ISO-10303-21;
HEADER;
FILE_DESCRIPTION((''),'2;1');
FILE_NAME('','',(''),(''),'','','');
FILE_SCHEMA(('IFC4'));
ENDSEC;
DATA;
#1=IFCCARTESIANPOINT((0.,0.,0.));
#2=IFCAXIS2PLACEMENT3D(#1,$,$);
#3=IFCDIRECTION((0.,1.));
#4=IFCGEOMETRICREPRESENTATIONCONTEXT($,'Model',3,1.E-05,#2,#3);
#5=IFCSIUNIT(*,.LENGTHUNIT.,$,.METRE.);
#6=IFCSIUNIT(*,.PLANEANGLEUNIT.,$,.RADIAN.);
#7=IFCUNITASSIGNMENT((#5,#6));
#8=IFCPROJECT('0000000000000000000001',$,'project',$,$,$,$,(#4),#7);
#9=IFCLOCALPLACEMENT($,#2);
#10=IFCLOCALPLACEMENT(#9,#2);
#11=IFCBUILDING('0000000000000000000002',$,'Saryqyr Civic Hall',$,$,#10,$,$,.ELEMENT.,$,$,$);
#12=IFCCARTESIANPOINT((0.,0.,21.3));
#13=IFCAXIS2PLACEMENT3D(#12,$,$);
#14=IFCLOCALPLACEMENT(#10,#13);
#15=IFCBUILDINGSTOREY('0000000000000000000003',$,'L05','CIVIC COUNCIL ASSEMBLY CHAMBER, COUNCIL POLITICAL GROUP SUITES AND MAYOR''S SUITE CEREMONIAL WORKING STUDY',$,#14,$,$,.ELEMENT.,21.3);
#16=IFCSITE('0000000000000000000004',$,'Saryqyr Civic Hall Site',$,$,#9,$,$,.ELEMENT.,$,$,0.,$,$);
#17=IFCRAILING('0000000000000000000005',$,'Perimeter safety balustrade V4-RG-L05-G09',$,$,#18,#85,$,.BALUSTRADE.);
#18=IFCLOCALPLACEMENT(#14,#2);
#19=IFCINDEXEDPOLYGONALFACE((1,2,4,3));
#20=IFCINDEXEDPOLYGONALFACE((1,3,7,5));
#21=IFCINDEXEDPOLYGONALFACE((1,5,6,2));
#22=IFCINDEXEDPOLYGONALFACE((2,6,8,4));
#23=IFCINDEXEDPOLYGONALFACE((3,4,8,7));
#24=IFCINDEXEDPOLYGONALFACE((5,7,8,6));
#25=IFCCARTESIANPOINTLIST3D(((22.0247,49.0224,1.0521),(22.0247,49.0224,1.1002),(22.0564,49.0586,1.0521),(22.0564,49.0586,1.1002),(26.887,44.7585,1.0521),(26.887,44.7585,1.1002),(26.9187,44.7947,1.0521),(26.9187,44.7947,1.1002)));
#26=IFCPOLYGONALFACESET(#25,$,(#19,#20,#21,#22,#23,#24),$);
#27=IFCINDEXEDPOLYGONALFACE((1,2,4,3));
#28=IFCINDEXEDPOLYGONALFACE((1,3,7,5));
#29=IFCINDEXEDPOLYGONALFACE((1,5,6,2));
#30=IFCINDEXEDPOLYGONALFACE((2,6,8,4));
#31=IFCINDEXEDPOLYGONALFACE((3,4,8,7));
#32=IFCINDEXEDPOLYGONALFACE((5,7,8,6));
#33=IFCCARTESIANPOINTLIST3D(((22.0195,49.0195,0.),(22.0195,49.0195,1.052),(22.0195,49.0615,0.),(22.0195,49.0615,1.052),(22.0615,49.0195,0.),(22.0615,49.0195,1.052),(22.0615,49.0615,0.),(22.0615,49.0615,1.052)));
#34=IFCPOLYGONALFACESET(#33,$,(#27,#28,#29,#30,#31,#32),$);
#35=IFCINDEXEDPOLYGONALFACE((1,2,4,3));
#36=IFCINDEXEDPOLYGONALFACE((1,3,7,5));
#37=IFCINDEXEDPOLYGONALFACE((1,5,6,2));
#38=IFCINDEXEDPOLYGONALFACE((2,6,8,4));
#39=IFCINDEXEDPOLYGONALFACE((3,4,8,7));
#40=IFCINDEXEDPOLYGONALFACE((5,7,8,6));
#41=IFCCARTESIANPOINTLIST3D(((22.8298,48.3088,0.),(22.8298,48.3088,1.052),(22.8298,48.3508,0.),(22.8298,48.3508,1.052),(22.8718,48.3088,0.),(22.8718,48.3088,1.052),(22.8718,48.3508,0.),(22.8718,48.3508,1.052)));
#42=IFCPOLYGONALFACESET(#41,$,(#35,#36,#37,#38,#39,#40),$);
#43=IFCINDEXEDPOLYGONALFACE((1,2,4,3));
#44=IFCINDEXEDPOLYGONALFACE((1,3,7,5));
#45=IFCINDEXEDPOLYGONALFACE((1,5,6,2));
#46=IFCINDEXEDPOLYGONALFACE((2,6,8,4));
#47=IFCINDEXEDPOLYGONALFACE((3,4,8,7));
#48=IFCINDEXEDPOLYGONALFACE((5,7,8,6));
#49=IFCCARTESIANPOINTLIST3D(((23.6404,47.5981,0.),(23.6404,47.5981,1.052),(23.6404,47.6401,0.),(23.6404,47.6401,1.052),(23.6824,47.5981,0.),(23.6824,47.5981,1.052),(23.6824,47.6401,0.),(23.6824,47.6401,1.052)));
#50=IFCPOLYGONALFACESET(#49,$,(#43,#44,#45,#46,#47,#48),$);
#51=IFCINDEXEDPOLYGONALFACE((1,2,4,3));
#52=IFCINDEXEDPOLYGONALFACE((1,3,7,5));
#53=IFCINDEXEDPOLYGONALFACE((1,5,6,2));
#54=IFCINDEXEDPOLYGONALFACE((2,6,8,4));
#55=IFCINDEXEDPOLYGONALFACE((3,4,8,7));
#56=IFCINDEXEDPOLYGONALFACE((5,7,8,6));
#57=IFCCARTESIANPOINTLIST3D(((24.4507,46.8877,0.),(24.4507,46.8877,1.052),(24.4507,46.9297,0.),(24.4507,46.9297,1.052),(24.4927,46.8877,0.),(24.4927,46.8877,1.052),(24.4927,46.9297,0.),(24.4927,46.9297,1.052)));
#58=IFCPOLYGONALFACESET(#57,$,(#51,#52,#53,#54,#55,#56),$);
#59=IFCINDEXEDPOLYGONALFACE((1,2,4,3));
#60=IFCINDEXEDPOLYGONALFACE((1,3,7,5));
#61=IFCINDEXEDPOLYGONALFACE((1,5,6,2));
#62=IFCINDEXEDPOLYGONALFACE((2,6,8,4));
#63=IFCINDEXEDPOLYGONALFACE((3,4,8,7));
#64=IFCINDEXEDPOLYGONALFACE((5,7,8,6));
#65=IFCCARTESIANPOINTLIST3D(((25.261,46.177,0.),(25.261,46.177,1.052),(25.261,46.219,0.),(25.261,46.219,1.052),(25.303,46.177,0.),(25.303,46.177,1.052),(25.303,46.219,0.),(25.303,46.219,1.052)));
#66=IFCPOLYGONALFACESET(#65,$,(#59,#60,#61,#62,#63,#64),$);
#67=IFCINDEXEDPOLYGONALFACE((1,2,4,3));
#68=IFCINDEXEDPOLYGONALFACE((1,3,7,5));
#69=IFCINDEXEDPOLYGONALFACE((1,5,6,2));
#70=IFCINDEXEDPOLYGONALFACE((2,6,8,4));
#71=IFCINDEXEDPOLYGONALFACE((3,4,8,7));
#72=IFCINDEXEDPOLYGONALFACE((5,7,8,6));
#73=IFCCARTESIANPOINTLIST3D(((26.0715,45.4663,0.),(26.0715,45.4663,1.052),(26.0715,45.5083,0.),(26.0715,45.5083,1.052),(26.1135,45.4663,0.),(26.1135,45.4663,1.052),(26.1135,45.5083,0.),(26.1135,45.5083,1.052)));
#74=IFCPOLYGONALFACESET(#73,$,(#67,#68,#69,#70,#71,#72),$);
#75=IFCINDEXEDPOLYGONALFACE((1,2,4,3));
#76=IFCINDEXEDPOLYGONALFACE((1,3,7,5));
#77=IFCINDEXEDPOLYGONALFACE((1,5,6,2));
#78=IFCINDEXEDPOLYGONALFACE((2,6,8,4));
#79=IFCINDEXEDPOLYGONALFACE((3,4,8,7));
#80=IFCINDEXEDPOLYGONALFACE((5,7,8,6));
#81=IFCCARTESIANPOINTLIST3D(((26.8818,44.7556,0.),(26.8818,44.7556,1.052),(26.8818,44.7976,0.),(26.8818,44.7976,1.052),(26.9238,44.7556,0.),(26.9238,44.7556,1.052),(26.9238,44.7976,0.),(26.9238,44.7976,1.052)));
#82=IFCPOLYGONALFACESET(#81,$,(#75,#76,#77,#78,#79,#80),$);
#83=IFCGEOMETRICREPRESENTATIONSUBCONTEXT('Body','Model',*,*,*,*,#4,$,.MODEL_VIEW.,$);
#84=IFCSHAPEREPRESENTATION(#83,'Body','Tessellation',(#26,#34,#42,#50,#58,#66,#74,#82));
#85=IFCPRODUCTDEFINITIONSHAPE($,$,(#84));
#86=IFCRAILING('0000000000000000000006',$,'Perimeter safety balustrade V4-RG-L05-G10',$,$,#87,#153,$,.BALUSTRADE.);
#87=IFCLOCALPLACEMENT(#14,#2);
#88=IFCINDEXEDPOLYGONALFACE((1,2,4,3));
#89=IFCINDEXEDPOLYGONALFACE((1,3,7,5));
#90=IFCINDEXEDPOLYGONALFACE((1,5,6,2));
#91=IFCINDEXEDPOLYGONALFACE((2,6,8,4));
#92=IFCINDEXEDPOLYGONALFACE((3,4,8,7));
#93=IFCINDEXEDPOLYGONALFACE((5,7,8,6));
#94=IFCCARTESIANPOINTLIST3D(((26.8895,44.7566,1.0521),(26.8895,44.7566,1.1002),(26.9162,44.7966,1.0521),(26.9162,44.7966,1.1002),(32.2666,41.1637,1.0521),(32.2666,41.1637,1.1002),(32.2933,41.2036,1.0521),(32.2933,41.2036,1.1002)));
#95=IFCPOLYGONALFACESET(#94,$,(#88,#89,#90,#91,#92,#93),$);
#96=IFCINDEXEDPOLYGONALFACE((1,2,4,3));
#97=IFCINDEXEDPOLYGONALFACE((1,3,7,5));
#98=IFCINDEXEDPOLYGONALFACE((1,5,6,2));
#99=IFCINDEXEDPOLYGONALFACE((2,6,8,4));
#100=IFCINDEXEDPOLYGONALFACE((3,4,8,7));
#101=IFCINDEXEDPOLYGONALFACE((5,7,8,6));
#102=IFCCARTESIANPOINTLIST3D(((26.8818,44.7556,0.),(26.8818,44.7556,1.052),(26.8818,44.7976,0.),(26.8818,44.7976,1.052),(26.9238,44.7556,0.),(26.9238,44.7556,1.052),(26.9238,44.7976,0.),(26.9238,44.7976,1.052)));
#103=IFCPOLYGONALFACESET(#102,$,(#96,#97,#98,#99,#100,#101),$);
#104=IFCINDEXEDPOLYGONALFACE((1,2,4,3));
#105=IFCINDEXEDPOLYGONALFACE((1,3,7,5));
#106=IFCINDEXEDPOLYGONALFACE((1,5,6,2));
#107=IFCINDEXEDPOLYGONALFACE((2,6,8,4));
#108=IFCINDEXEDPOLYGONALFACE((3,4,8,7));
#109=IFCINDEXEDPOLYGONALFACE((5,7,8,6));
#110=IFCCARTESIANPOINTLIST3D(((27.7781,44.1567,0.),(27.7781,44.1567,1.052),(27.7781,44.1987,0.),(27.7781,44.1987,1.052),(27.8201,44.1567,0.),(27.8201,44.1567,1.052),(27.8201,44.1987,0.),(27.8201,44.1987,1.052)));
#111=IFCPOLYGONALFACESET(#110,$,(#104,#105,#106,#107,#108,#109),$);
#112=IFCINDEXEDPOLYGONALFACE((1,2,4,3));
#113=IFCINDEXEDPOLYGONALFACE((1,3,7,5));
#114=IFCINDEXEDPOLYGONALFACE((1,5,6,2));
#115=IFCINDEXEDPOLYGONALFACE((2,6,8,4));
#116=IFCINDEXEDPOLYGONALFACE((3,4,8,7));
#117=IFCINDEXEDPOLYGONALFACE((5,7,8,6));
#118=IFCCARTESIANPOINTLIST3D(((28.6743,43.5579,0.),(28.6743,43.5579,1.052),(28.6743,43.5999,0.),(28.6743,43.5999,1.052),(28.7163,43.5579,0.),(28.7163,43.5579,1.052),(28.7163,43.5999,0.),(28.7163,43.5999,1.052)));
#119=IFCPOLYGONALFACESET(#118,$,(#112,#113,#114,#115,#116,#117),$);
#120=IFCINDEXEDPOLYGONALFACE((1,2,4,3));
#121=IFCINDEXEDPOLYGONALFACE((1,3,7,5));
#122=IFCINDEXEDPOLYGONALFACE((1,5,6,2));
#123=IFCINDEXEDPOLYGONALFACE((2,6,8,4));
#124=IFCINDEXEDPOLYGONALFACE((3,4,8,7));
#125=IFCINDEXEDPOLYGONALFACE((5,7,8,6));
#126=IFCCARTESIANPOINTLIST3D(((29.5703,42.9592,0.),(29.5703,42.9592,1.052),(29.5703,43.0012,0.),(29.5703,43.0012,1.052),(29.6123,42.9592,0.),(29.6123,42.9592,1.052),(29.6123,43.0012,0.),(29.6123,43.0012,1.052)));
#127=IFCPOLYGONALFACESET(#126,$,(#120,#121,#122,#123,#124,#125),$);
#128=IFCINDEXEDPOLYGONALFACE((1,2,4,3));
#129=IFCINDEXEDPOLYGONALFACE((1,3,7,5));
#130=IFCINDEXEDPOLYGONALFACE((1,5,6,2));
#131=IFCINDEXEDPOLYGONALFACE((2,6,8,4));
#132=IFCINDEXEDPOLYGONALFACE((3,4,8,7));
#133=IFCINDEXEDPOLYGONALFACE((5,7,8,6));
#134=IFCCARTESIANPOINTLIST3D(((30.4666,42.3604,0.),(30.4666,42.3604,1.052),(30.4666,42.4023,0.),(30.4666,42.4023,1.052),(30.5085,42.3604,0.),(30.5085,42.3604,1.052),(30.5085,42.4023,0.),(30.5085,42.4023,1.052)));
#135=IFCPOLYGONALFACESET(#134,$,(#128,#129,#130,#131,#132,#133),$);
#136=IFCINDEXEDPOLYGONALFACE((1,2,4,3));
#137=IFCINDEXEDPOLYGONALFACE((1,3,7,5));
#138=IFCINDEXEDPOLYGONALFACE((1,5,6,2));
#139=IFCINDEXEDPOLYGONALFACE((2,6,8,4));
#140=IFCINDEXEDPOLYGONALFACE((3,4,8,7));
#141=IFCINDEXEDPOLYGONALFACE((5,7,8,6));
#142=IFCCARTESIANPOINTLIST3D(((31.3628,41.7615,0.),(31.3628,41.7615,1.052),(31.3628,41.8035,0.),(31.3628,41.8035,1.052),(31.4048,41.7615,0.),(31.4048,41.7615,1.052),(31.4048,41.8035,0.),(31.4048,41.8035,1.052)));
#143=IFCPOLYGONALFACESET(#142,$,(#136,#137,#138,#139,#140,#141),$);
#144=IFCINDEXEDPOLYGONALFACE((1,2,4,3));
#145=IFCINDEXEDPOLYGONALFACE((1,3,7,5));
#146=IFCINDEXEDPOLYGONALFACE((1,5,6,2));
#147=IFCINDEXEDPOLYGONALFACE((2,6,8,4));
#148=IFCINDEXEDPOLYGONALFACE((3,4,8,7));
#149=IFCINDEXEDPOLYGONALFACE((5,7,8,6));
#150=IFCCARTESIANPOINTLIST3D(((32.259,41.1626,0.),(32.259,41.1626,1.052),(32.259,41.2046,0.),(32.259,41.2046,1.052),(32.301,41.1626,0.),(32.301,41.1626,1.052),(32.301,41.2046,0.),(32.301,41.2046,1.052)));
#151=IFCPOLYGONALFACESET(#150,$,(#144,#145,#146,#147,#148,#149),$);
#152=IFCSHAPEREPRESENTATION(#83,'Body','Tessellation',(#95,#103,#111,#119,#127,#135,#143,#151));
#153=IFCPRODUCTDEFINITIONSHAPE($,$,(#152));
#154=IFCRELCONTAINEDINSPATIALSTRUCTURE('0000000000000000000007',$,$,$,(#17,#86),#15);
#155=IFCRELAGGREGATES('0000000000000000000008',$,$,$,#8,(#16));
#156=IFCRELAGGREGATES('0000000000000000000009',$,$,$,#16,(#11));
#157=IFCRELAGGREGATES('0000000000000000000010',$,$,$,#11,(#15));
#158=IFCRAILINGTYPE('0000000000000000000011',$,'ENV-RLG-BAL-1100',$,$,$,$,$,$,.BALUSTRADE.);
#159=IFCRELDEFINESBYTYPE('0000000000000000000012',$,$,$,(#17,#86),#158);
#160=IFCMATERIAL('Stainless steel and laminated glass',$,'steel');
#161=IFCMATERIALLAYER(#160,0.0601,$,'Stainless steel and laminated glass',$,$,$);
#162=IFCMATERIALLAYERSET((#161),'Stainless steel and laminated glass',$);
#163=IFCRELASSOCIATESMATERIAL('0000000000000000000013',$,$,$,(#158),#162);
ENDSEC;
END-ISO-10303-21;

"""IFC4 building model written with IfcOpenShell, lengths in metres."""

from ifc_helpers import new_model, si_unit, direction, frame, origin, origin_2d, place, context, subcontext, project, spatial, rectangle, extrude, material, layer, layer_set, type_object, element, save


model = new_model("IFC4")

# Units and contexts
model_context = context("Model", 3, precision=1e-05, world=origin(), true_north=direction((0.0, 1.0)))
body_context = subcontext(model_context, "Body", "Model", "MODEL_VIEW")
ifc_project = project(units=[si_unit("LENGTHUNIT", "METRE"), si_unit("PLANEANGLEUNIT", "RADIAN")], contexts=[model_context])

# Site, building, storey
site_placement = place(None, origin())
site = spatial("IfcSite", under=ifc_project, at=site_placement, Name="Saryqyr Civic Hall Site", CompositionType="ELEMENT", RefElevation=0.0)
building_placement = place(site_placement, origin())
building = spatial("IfcBuilding", under=site, at=building_placement, Name="Saryqyr Civic Hall", CompositionType="ELEMENT")
storey_placement = place(building_placement, frame((0.0, 0.0, 21.3)))
storey = spatial("IfcBuildingStorey", under=building, at=storey_placement, Name="L05", Description="CIVIC COUNCIL ASSEMBLY CHAMBER, COUNCIL POLITICAL GROUP SUITES AND MAYOR'S SUITE CEREMONIAL WORKING STUDY", CompositionType="ELEMENT", Elevation=21.3)

# Railings
ifc_material_1 = material(Name="Stainless steel and laminated glass", Category="steel")
ifc_layer_1 = layer(ifc_material_1, 0.0601, Name="Stainless steel and laminated glass")
ifc_layer_set_1 = layer_set([ifc_layer_1], Name="Stainless steel and laminated glass")
railing_type_1 = type_object("IfcRailingType", Name="ENV-RLG-BAL-1100", PredefinedType="BALUSTRADE", material=ifc_layer_set_1)
railing_1_placement = place(storey_placement, frame((22.0405, 49.0405, 0.0)))
element("IfcRailing", 1, at=railing_1_placement, inside=storey, type_object=railing_type_1, Name="Perimeter safety balustrade V4-RG-L05-G09", PredefinedType="BALUSTRADE", context=body_context, shape_type="SweptSolid", body=[
    extrude(rectangle(XDim=0.0481, YDim=0.0481, at=origin_2d()), frame((0.0, 0.0, 1.0762), z_axis=(0.751856, -0.659327, 0.0), x_axis=(0.659327, 0.751856, 0.0)), (0.0, 0.0, 1.0), 6.467),
    extrude(rectangle(XDim=0.042, YDim=0.042, at=origin_2d()), origin(), (0.0, 0.0, 1.0), 1.052),
    extrude(rectangle(XDim=0.042, YDim=0.042, at=origin_2d()), frame((0.8103, -0.7107, 0.0)), (0.0, 0.0, 1.0), 1.052),
    extrude(rectangle(XDim=0.042, YDim=0.042, at=origin_2d()), frame((1.6208, -1.4214, 0.0)), (0.0, 0.0, 1.0), 1.052),
    extrude(rectangle(XDim=0.042, YDim=0.042, at=origin_2d()), frame((2.4312, -2.1318, 0.0)), (0.0, 0.0, 1.0), 1.052),
    extrude(rectangle(XDim=0.042, YDim=0.042, at=origin_2d()), frame((3.2415, -2.8425, 0.0)), (0.0, 0.0, 1.0), 1.052),
    extrude(rectangle(XDim=0.042, YDim=0.042, at=origin_2d()), frame((4.052, -3.5532, 0.0)), (0.0, 0.0, 1.0), 1.052),
    extrude(rectangle(XDim=0.042, YDim=0.042, at=origin_2d()), frame((4.8623, -4.2639, 0.0)), (0.0, 0.0, 1.0), 1.052),
])
railing_2_placement = place(storey_placement, frame((26.9028, 44.7766, 0.0)))
element("IfcRailing", 2, at=railing_2_placement, inside=storey, type_object=railing_type_1, Name="Perimeter safety balustrade V4-RG-L05-G10", PredefinedType="BALUSTRADE", context=body_context, shape_type="SweptSolid", body=[
    extrude(rectangle(XDim=0.0481, YDim=0.0481, at=origin_2d()), frame((0.0, 0.0, 1.0762), z_axis=(0.831463, -0.55558, 0.0), x_axis=(0.55558, 0.831463, 0.0)), (0.0, 0.0, 1.0), 6.467),
    extrude(rectangle(XDim=0.042, YDim=0.042, at=origin_2d()), origin(), (0.0, 0.0, 1.0), 1.052),
    extrude(rectangle(XDim=0.042, YDim=0.042, at=origin_2d()), frame((0.8962, -0.5989, 0.0)), (0.0, 0.0, 1.0), 1.052),
    extrude(rectangle(XDim=0.042, YDim=0.042, at=origin_2d()), frame((1.7925, -1.1978, 0.0)), (0.0, 0.0, 1.0), 1.052),
    extrude(rectangle(XDim=0.042, YDim=0.042, at=origin_2d()), frame((2.6885, -1.7964, 0.0)), (0.0, 0.0, 1.0), 1.052),
    extrude(rectangle(XDim=0.042, YDim=0.042, at=origin_2d()), frame((3.5847, -2.3953, 0.0)), (0.0, 0.0, 1.0), 1.052),
    extrude(rectangle(XDim=0.042, YDim=0.042, at=origin_2d()), frame((4.481, -2.9941, 0.0)), (0.0, 0.0, 1.0), 1.052),
    extrude(rectangle(XDim=0.042, YDim=0.042, at=origin_2d()), frame((5.3772, -3.593, 0.0)), (0.0, 0.0, 1.0), 1.052),
])

save(model, "model.ifc")
